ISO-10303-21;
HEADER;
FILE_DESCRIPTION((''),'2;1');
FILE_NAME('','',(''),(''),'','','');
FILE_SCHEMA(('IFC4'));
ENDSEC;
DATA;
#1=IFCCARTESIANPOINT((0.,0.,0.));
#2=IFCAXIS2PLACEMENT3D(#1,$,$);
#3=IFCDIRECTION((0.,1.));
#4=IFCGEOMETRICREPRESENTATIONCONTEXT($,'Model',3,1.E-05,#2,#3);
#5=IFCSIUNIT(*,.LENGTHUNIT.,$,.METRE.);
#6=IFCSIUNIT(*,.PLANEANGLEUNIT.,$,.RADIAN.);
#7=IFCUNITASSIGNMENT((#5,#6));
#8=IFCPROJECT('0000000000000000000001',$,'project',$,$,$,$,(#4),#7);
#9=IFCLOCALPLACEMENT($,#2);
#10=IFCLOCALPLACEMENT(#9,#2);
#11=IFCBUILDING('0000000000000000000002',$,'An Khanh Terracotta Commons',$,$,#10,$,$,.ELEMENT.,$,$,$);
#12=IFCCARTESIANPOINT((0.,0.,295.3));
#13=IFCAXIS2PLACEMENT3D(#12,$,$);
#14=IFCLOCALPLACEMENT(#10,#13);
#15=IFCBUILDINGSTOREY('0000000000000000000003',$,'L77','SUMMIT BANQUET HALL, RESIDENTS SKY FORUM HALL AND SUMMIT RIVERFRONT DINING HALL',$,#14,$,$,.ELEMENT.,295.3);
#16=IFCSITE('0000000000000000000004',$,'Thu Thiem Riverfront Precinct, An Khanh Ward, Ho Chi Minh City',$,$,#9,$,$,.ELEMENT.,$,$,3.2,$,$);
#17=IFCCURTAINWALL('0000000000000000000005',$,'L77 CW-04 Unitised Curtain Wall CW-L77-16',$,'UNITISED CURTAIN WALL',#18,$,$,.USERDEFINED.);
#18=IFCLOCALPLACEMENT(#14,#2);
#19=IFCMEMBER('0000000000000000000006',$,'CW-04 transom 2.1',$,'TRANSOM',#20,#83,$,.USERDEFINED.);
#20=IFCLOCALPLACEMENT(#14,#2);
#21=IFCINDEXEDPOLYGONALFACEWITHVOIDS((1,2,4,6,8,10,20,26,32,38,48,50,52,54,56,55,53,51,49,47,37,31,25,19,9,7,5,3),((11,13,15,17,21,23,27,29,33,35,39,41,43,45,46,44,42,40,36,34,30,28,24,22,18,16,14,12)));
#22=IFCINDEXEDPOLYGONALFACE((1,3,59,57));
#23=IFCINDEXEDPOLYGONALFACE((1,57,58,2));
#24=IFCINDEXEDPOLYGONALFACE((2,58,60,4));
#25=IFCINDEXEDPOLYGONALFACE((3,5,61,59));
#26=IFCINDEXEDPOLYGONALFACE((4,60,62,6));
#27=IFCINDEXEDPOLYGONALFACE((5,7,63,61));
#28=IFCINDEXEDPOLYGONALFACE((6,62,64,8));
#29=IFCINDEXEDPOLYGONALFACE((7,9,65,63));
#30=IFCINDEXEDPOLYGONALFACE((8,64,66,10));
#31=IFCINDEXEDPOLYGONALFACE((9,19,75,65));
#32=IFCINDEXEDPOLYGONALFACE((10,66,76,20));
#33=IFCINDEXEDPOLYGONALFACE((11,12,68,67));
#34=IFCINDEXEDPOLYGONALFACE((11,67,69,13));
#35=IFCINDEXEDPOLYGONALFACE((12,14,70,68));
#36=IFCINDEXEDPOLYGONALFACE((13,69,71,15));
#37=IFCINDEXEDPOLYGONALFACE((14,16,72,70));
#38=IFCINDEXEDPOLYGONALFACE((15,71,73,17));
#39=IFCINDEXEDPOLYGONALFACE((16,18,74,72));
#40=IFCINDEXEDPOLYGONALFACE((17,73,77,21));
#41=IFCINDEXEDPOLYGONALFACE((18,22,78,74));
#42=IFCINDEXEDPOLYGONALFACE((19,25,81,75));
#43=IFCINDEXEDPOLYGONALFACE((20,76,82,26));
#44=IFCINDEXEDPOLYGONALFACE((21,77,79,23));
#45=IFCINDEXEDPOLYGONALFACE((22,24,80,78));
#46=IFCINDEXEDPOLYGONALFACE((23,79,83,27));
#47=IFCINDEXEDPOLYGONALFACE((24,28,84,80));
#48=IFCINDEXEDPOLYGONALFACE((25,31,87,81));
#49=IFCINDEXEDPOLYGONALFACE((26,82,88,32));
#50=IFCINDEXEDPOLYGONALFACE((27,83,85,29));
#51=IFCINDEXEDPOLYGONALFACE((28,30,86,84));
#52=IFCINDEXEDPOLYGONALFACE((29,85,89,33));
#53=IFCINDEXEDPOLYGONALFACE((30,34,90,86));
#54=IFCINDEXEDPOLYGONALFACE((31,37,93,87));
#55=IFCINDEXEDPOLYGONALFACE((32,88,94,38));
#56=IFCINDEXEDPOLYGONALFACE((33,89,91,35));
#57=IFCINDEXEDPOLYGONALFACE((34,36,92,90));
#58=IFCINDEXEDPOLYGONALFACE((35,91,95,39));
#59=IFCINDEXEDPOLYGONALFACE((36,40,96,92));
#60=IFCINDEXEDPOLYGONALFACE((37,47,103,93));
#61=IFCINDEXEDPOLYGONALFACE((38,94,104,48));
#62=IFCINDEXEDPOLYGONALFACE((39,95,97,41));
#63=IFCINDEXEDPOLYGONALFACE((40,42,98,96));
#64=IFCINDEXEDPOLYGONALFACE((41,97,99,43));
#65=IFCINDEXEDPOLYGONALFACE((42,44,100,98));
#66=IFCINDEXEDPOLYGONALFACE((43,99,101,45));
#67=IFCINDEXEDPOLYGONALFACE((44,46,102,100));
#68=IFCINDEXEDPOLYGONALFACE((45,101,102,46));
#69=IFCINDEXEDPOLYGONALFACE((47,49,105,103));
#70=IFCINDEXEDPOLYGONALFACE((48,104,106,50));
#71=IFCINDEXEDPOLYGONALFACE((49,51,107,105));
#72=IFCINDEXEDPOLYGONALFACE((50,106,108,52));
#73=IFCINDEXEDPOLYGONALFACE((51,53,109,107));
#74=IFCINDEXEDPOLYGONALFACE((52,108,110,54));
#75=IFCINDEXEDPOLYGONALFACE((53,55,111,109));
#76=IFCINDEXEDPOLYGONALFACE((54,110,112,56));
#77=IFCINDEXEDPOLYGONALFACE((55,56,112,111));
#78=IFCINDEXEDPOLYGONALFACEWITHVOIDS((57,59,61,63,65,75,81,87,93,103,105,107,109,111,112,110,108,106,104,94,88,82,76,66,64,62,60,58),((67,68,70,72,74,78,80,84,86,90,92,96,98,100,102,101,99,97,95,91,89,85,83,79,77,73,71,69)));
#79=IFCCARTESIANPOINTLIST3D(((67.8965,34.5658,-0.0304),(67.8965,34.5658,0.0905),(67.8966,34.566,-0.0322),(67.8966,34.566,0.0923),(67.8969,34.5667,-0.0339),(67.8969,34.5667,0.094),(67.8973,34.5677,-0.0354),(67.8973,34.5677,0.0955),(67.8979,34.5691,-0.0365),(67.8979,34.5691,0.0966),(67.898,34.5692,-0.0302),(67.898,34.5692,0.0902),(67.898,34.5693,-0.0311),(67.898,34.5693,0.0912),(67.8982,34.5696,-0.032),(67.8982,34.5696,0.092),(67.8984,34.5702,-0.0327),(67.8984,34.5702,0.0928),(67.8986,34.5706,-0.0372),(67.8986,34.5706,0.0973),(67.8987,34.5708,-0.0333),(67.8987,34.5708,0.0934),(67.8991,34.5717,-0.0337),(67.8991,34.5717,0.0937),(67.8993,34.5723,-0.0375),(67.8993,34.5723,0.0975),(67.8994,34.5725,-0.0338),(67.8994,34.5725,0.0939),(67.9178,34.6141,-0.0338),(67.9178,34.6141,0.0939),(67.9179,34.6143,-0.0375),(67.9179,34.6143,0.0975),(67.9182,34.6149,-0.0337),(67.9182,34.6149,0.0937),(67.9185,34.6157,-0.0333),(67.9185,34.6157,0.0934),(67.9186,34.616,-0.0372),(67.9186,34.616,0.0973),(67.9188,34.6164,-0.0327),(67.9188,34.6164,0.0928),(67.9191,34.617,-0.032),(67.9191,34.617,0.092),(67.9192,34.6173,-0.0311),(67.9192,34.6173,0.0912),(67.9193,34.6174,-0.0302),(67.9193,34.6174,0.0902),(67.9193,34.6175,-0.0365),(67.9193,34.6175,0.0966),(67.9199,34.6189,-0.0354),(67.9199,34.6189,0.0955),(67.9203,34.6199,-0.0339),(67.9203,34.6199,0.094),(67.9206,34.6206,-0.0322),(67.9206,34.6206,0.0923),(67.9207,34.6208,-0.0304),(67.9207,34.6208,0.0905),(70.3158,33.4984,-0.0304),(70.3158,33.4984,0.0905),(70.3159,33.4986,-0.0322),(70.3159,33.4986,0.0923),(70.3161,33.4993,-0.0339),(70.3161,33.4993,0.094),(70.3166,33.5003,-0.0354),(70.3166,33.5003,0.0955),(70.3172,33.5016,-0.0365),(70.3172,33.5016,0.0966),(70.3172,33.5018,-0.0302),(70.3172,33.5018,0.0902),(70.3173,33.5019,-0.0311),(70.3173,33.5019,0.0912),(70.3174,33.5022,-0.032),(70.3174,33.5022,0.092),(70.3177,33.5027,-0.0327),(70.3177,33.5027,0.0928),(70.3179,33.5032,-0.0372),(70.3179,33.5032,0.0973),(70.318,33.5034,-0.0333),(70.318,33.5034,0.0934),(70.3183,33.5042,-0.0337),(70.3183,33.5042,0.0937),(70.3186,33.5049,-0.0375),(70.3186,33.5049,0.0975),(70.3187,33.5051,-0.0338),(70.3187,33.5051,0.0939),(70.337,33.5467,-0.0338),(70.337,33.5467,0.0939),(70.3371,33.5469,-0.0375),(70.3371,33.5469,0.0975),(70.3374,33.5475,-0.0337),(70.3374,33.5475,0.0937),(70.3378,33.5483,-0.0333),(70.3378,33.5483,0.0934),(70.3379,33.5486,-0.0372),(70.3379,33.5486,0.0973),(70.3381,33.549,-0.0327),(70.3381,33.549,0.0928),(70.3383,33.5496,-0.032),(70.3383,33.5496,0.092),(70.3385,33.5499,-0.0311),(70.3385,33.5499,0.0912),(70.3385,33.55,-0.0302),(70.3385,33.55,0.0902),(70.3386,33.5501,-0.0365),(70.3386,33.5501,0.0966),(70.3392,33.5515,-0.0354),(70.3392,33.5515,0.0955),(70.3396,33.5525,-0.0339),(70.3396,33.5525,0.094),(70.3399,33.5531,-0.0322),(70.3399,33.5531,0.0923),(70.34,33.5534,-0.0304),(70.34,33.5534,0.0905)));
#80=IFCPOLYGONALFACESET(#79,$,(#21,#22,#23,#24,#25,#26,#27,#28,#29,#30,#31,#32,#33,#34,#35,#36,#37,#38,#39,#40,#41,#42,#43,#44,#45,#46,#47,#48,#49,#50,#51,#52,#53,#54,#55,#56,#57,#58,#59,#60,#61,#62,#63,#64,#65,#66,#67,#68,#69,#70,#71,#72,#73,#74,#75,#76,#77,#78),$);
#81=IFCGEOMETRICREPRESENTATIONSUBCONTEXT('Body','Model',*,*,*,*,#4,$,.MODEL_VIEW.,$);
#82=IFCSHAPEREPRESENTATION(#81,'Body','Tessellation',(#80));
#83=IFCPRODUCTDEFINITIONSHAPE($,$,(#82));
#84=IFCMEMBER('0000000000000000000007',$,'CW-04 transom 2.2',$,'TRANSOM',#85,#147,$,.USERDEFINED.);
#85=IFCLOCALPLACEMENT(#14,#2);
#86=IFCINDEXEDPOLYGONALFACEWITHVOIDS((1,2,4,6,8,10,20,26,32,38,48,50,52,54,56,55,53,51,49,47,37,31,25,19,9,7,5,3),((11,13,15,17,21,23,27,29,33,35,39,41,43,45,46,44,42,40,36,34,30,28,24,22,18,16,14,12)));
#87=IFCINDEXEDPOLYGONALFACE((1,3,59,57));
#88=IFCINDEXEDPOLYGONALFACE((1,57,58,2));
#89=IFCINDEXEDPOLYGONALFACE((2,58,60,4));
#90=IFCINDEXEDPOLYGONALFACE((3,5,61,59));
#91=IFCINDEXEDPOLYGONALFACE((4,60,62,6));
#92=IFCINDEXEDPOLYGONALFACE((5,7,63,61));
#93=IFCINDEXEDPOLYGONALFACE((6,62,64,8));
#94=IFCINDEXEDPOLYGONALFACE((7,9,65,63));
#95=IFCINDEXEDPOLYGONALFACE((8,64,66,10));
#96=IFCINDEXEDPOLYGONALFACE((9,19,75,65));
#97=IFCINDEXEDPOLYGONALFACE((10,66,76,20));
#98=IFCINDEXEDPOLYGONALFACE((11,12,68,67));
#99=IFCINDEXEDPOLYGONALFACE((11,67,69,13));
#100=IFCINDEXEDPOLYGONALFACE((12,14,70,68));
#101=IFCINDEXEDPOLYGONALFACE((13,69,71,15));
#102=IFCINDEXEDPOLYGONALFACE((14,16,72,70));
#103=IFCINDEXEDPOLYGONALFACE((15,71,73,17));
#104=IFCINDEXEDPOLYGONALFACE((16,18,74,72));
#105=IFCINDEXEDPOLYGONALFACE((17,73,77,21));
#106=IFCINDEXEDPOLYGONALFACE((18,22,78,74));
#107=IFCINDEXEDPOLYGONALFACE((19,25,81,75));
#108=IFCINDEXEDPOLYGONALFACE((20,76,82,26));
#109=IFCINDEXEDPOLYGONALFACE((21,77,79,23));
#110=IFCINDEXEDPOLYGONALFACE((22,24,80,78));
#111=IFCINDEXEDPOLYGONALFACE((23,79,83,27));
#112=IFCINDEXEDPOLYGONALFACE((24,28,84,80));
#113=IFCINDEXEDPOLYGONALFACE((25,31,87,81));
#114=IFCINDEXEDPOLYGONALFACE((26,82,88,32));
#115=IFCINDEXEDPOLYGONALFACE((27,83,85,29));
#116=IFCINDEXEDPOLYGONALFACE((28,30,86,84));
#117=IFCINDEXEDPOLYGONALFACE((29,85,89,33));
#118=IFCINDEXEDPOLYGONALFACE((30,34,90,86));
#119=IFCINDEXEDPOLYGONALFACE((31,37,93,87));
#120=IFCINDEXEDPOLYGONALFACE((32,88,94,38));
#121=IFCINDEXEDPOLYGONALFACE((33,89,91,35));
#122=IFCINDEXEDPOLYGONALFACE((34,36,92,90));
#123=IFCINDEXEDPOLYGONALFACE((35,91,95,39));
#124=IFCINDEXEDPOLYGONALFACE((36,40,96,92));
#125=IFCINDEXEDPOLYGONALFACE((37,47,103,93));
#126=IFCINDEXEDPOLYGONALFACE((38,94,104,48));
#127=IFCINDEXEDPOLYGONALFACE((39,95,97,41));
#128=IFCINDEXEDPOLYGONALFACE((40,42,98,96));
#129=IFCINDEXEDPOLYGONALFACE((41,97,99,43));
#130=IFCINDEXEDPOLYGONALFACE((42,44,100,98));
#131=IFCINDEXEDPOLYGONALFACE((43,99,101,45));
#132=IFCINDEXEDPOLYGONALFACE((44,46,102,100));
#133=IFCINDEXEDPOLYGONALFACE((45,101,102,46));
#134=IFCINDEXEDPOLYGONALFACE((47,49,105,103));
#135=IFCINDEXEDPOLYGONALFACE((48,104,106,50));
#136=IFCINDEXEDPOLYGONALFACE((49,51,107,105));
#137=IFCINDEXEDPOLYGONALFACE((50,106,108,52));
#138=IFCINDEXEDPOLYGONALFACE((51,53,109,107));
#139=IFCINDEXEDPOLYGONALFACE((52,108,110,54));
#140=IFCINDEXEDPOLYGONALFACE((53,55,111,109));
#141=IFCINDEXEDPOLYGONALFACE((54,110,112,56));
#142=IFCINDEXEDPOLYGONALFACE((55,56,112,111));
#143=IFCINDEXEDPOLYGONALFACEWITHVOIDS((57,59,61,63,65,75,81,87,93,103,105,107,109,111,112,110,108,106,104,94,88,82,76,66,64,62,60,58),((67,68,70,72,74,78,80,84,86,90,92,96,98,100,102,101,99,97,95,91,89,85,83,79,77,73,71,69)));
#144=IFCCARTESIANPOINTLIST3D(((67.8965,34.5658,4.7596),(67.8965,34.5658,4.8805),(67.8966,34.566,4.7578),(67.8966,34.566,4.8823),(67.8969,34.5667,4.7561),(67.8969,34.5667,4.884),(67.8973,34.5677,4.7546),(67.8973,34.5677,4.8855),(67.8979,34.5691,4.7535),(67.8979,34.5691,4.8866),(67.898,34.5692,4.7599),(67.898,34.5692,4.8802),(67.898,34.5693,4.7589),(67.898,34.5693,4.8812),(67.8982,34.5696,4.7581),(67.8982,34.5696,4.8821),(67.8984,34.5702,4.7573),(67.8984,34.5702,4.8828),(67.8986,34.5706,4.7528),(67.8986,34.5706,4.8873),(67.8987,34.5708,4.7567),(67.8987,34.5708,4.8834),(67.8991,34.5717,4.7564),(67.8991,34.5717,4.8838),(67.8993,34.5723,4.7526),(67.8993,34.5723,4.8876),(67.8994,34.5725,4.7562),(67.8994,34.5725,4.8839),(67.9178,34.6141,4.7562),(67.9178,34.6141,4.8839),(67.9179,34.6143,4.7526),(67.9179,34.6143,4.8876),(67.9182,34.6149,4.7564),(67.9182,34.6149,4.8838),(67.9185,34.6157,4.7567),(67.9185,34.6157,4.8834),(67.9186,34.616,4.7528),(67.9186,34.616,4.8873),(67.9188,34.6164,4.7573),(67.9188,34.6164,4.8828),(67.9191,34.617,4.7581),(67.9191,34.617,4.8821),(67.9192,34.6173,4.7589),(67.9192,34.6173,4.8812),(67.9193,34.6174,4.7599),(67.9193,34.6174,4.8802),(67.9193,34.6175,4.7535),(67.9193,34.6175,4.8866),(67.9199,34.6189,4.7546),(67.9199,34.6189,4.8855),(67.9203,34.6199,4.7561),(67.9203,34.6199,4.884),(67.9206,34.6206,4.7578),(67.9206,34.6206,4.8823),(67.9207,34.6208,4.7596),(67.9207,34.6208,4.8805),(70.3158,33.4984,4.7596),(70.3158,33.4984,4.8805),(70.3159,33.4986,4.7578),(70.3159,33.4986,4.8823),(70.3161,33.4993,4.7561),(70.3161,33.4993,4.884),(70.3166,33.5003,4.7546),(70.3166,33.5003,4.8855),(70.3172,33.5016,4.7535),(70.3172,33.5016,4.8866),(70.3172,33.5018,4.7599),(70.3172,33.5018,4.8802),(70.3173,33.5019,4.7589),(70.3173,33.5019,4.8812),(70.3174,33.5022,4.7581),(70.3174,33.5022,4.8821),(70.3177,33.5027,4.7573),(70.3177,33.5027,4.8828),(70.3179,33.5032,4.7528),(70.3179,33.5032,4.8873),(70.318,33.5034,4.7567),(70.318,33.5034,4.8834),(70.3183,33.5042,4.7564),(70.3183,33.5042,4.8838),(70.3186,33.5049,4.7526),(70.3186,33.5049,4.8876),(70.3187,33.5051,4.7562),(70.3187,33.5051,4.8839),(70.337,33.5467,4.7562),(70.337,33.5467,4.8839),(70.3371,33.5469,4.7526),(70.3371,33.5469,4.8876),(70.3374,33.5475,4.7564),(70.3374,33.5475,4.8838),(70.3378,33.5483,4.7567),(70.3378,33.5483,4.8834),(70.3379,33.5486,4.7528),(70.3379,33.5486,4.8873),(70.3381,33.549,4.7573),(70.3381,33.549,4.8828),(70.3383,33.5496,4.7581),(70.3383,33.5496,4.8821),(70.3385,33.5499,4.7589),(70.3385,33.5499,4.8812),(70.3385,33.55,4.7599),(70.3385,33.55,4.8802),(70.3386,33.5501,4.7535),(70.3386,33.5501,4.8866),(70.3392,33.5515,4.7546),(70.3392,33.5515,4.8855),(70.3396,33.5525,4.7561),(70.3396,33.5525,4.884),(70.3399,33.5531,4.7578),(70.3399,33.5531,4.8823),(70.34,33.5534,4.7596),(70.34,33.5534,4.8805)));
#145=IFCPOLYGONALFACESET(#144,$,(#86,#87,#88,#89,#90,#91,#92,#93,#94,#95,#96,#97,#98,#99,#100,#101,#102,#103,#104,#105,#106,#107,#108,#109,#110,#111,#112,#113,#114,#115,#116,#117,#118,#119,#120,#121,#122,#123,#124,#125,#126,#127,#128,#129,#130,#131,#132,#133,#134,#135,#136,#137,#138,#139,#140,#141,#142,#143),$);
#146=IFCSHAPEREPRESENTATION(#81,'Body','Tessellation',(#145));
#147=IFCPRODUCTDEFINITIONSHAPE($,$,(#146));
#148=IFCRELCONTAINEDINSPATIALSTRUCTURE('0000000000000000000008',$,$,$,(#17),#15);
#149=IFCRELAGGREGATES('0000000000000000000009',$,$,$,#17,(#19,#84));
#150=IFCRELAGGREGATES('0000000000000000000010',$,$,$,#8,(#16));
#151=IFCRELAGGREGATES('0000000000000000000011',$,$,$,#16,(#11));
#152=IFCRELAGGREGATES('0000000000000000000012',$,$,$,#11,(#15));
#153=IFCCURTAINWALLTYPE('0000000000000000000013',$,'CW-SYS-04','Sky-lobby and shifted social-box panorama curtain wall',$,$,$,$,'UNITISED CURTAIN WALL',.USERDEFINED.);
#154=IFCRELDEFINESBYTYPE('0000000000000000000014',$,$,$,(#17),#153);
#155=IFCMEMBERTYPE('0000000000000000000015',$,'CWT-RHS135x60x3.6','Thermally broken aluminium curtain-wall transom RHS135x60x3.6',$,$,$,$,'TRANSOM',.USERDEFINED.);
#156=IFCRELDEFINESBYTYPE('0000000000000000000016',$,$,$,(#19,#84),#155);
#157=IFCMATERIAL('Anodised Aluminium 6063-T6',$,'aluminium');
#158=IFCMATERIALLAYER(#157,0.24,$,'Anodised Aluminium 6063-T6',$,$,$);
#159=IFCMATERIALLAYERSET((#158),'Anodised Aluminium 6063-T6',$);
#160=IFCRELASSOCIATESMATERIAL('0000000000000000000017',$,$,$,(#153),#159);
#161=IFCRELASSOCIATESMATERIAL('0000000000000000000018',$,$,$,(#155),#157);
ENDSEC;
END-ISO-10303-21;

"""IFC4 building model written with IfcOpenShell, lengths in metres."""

from ifc_helpers import new_model, si_unit, direction, frame, origin, origin_2d, place, context, subcontext, project, spatial, hollow_rectangle, extrude, material, layer, layer_set, material_profile, profile_set, type_object, element, aggregate, save


model = new_model("IFC4")

# Units and contexts
model_context = context("Model", 3, precision=1e-05, world=origin(), true_north=direction((0.0, 1.0)))
body_context = subcontext(model_context, "Body", "Model", "MODEL_VIEW")
ifc_project = project(units=[si_unit("LENGTHUNIT", "METRE"), si_unit("PLANEANGLEUNIT", "RADIAN")], contexts=[model_context])

# Site, building, storey
site_placement = place(None, origin())
site = spatial("IfcSite", under=ifc_project, at=site_placement, Name="Thu Thiem Riverfront Precinct, An Khanh Ward, Ho Chi Minh City", CompositionType="ELEMENT", RefElevation=3.2)
building_placement = place(site_placement, origin())
building = spatial("IfcBuilding", under=site, at=building_placement, Name="An Khanh Terracotta Commons", CompositionType="ELEMENT")
storey_placement = place(building_placement, frame((0.0, 0.0, 295.3)))
storey = spatial("IfcBuildingStorey", under=building, at=storey_placement, Name="L77", Description="SUMMIT BANQUET HALL, RESIDENTS SKY FORUM HALL AND SUMMIT RIVERFRONT DINING HALL", CompositionType="ELEMENT", Elevation=295.3)

# Curtain wall
ifc_material_1 = material(Name="Anodised Aluminium 6063-T6", Category="aluminium")
ifc_layer_1 = layer(ifc_material_1, 0.24, Name="Anodised Aluminium 6063-T6")
ifc_layer_set_1 = layer_set([ifc_layer_1], Name="Anodised Aluminium 6063-T6")
curtain_wall_type = type_object("IfcCurtainWallType", Name="CW-SYS-04", Description="Sky-lobby and shifted social-box panorama curtain wall", ElementType="UNITISED CURTAIN WALL", PredefinedType="USERDEFINED", material=ifc_layer_set_1)
curtain_wall_1_placement = place(storey_placement, origin())
curtain_wall_1 = element("IfcCurtainWall", 1, at=curtain_wall_1_placement, inside=storey, type_object=curtain_wall_type, Name="L77 CW-04 Unitised Curtain Wall CW-L77-16", ObjectType="UNITISED CURTAIN WALL", PredefinedType="USERDEFINED")

# Members
ifc_material_profile_1 = material_profile(ifc_material_1, hollow_rectangle(XDim=0.0601, YDim=0.135, WallThickness=0.0037, InnerFilletRadius=0.0037, OuterFilletRadius=0.0071, at=origin_2d()), Name="RHS135x60x3.6")
ifc_profile_set_1 = profile_set([ifc_material_profile_1], Name="Anodised Aluminium 6063-T6")
member_type_1 = type_object("IfcMemberType", Name="CWT-RHS135x60x3.6", Description="Thermally broken aluminium curtain-wall transom RHS135x60x3.6", ElementType="TRANSOM", PredefinedType="USERDEFINED", material=ifc_profile_set_1)
member_1_placement = place(storey_placement, frame((70.3279, 33.5259, 0.03), z_axis=(-0.914905, 0.40367, 0.0), x_axis=(-0.40367, -0.914905, 0.0)))
member_1 = element("IfcMember", 2, at=member_1_placement, type_object=member_type_1, Name="CW-04 transom 2.1", ObjectType="TRANSOM", PredefinedType="USERDEFINED", context=body_context, shape_type="SweptSolid", body=[
    extrude(hollow_rectangle(XDim=0.0601, YDim=0.135, WallThickness=0.0037, InnerFilletRadius=0.0037, OuterFilletRadius=0.0071, at=origin_2d()), origin(), (0.0, 0.0, 1.0), 2.6443),
])
member_2_placement = place(storey_placement, frame((70.3279, 33.5259, 4.8201), z_axis=(-0.914905, 0.40367, 0.0), x_axis=(-0.40367, -0.914905, 0.0)))
member_2 = element("IfcMember", 3, at=member_2_placement, type_object=member_type_1, Name="CW-04 transom 2.2", ObjectType="TRANSOM", PredefinedType="USERDEFINED", context=body_context, shape_type="SweptSolid", body=[
    extrude(hollow_rectangle(XDim=0.0601, YDim=0.135, WallThickness=0.0037, InnerFilletRadius=0.0037, OuterFilletRadius=0.0071, at=origin_2d()), origin(), (0.0, 0.0, 1.0), 2.6443),
])

aggregate(curtain_wall_1, [member_1, member_2])

save(model, "model.ifc")
